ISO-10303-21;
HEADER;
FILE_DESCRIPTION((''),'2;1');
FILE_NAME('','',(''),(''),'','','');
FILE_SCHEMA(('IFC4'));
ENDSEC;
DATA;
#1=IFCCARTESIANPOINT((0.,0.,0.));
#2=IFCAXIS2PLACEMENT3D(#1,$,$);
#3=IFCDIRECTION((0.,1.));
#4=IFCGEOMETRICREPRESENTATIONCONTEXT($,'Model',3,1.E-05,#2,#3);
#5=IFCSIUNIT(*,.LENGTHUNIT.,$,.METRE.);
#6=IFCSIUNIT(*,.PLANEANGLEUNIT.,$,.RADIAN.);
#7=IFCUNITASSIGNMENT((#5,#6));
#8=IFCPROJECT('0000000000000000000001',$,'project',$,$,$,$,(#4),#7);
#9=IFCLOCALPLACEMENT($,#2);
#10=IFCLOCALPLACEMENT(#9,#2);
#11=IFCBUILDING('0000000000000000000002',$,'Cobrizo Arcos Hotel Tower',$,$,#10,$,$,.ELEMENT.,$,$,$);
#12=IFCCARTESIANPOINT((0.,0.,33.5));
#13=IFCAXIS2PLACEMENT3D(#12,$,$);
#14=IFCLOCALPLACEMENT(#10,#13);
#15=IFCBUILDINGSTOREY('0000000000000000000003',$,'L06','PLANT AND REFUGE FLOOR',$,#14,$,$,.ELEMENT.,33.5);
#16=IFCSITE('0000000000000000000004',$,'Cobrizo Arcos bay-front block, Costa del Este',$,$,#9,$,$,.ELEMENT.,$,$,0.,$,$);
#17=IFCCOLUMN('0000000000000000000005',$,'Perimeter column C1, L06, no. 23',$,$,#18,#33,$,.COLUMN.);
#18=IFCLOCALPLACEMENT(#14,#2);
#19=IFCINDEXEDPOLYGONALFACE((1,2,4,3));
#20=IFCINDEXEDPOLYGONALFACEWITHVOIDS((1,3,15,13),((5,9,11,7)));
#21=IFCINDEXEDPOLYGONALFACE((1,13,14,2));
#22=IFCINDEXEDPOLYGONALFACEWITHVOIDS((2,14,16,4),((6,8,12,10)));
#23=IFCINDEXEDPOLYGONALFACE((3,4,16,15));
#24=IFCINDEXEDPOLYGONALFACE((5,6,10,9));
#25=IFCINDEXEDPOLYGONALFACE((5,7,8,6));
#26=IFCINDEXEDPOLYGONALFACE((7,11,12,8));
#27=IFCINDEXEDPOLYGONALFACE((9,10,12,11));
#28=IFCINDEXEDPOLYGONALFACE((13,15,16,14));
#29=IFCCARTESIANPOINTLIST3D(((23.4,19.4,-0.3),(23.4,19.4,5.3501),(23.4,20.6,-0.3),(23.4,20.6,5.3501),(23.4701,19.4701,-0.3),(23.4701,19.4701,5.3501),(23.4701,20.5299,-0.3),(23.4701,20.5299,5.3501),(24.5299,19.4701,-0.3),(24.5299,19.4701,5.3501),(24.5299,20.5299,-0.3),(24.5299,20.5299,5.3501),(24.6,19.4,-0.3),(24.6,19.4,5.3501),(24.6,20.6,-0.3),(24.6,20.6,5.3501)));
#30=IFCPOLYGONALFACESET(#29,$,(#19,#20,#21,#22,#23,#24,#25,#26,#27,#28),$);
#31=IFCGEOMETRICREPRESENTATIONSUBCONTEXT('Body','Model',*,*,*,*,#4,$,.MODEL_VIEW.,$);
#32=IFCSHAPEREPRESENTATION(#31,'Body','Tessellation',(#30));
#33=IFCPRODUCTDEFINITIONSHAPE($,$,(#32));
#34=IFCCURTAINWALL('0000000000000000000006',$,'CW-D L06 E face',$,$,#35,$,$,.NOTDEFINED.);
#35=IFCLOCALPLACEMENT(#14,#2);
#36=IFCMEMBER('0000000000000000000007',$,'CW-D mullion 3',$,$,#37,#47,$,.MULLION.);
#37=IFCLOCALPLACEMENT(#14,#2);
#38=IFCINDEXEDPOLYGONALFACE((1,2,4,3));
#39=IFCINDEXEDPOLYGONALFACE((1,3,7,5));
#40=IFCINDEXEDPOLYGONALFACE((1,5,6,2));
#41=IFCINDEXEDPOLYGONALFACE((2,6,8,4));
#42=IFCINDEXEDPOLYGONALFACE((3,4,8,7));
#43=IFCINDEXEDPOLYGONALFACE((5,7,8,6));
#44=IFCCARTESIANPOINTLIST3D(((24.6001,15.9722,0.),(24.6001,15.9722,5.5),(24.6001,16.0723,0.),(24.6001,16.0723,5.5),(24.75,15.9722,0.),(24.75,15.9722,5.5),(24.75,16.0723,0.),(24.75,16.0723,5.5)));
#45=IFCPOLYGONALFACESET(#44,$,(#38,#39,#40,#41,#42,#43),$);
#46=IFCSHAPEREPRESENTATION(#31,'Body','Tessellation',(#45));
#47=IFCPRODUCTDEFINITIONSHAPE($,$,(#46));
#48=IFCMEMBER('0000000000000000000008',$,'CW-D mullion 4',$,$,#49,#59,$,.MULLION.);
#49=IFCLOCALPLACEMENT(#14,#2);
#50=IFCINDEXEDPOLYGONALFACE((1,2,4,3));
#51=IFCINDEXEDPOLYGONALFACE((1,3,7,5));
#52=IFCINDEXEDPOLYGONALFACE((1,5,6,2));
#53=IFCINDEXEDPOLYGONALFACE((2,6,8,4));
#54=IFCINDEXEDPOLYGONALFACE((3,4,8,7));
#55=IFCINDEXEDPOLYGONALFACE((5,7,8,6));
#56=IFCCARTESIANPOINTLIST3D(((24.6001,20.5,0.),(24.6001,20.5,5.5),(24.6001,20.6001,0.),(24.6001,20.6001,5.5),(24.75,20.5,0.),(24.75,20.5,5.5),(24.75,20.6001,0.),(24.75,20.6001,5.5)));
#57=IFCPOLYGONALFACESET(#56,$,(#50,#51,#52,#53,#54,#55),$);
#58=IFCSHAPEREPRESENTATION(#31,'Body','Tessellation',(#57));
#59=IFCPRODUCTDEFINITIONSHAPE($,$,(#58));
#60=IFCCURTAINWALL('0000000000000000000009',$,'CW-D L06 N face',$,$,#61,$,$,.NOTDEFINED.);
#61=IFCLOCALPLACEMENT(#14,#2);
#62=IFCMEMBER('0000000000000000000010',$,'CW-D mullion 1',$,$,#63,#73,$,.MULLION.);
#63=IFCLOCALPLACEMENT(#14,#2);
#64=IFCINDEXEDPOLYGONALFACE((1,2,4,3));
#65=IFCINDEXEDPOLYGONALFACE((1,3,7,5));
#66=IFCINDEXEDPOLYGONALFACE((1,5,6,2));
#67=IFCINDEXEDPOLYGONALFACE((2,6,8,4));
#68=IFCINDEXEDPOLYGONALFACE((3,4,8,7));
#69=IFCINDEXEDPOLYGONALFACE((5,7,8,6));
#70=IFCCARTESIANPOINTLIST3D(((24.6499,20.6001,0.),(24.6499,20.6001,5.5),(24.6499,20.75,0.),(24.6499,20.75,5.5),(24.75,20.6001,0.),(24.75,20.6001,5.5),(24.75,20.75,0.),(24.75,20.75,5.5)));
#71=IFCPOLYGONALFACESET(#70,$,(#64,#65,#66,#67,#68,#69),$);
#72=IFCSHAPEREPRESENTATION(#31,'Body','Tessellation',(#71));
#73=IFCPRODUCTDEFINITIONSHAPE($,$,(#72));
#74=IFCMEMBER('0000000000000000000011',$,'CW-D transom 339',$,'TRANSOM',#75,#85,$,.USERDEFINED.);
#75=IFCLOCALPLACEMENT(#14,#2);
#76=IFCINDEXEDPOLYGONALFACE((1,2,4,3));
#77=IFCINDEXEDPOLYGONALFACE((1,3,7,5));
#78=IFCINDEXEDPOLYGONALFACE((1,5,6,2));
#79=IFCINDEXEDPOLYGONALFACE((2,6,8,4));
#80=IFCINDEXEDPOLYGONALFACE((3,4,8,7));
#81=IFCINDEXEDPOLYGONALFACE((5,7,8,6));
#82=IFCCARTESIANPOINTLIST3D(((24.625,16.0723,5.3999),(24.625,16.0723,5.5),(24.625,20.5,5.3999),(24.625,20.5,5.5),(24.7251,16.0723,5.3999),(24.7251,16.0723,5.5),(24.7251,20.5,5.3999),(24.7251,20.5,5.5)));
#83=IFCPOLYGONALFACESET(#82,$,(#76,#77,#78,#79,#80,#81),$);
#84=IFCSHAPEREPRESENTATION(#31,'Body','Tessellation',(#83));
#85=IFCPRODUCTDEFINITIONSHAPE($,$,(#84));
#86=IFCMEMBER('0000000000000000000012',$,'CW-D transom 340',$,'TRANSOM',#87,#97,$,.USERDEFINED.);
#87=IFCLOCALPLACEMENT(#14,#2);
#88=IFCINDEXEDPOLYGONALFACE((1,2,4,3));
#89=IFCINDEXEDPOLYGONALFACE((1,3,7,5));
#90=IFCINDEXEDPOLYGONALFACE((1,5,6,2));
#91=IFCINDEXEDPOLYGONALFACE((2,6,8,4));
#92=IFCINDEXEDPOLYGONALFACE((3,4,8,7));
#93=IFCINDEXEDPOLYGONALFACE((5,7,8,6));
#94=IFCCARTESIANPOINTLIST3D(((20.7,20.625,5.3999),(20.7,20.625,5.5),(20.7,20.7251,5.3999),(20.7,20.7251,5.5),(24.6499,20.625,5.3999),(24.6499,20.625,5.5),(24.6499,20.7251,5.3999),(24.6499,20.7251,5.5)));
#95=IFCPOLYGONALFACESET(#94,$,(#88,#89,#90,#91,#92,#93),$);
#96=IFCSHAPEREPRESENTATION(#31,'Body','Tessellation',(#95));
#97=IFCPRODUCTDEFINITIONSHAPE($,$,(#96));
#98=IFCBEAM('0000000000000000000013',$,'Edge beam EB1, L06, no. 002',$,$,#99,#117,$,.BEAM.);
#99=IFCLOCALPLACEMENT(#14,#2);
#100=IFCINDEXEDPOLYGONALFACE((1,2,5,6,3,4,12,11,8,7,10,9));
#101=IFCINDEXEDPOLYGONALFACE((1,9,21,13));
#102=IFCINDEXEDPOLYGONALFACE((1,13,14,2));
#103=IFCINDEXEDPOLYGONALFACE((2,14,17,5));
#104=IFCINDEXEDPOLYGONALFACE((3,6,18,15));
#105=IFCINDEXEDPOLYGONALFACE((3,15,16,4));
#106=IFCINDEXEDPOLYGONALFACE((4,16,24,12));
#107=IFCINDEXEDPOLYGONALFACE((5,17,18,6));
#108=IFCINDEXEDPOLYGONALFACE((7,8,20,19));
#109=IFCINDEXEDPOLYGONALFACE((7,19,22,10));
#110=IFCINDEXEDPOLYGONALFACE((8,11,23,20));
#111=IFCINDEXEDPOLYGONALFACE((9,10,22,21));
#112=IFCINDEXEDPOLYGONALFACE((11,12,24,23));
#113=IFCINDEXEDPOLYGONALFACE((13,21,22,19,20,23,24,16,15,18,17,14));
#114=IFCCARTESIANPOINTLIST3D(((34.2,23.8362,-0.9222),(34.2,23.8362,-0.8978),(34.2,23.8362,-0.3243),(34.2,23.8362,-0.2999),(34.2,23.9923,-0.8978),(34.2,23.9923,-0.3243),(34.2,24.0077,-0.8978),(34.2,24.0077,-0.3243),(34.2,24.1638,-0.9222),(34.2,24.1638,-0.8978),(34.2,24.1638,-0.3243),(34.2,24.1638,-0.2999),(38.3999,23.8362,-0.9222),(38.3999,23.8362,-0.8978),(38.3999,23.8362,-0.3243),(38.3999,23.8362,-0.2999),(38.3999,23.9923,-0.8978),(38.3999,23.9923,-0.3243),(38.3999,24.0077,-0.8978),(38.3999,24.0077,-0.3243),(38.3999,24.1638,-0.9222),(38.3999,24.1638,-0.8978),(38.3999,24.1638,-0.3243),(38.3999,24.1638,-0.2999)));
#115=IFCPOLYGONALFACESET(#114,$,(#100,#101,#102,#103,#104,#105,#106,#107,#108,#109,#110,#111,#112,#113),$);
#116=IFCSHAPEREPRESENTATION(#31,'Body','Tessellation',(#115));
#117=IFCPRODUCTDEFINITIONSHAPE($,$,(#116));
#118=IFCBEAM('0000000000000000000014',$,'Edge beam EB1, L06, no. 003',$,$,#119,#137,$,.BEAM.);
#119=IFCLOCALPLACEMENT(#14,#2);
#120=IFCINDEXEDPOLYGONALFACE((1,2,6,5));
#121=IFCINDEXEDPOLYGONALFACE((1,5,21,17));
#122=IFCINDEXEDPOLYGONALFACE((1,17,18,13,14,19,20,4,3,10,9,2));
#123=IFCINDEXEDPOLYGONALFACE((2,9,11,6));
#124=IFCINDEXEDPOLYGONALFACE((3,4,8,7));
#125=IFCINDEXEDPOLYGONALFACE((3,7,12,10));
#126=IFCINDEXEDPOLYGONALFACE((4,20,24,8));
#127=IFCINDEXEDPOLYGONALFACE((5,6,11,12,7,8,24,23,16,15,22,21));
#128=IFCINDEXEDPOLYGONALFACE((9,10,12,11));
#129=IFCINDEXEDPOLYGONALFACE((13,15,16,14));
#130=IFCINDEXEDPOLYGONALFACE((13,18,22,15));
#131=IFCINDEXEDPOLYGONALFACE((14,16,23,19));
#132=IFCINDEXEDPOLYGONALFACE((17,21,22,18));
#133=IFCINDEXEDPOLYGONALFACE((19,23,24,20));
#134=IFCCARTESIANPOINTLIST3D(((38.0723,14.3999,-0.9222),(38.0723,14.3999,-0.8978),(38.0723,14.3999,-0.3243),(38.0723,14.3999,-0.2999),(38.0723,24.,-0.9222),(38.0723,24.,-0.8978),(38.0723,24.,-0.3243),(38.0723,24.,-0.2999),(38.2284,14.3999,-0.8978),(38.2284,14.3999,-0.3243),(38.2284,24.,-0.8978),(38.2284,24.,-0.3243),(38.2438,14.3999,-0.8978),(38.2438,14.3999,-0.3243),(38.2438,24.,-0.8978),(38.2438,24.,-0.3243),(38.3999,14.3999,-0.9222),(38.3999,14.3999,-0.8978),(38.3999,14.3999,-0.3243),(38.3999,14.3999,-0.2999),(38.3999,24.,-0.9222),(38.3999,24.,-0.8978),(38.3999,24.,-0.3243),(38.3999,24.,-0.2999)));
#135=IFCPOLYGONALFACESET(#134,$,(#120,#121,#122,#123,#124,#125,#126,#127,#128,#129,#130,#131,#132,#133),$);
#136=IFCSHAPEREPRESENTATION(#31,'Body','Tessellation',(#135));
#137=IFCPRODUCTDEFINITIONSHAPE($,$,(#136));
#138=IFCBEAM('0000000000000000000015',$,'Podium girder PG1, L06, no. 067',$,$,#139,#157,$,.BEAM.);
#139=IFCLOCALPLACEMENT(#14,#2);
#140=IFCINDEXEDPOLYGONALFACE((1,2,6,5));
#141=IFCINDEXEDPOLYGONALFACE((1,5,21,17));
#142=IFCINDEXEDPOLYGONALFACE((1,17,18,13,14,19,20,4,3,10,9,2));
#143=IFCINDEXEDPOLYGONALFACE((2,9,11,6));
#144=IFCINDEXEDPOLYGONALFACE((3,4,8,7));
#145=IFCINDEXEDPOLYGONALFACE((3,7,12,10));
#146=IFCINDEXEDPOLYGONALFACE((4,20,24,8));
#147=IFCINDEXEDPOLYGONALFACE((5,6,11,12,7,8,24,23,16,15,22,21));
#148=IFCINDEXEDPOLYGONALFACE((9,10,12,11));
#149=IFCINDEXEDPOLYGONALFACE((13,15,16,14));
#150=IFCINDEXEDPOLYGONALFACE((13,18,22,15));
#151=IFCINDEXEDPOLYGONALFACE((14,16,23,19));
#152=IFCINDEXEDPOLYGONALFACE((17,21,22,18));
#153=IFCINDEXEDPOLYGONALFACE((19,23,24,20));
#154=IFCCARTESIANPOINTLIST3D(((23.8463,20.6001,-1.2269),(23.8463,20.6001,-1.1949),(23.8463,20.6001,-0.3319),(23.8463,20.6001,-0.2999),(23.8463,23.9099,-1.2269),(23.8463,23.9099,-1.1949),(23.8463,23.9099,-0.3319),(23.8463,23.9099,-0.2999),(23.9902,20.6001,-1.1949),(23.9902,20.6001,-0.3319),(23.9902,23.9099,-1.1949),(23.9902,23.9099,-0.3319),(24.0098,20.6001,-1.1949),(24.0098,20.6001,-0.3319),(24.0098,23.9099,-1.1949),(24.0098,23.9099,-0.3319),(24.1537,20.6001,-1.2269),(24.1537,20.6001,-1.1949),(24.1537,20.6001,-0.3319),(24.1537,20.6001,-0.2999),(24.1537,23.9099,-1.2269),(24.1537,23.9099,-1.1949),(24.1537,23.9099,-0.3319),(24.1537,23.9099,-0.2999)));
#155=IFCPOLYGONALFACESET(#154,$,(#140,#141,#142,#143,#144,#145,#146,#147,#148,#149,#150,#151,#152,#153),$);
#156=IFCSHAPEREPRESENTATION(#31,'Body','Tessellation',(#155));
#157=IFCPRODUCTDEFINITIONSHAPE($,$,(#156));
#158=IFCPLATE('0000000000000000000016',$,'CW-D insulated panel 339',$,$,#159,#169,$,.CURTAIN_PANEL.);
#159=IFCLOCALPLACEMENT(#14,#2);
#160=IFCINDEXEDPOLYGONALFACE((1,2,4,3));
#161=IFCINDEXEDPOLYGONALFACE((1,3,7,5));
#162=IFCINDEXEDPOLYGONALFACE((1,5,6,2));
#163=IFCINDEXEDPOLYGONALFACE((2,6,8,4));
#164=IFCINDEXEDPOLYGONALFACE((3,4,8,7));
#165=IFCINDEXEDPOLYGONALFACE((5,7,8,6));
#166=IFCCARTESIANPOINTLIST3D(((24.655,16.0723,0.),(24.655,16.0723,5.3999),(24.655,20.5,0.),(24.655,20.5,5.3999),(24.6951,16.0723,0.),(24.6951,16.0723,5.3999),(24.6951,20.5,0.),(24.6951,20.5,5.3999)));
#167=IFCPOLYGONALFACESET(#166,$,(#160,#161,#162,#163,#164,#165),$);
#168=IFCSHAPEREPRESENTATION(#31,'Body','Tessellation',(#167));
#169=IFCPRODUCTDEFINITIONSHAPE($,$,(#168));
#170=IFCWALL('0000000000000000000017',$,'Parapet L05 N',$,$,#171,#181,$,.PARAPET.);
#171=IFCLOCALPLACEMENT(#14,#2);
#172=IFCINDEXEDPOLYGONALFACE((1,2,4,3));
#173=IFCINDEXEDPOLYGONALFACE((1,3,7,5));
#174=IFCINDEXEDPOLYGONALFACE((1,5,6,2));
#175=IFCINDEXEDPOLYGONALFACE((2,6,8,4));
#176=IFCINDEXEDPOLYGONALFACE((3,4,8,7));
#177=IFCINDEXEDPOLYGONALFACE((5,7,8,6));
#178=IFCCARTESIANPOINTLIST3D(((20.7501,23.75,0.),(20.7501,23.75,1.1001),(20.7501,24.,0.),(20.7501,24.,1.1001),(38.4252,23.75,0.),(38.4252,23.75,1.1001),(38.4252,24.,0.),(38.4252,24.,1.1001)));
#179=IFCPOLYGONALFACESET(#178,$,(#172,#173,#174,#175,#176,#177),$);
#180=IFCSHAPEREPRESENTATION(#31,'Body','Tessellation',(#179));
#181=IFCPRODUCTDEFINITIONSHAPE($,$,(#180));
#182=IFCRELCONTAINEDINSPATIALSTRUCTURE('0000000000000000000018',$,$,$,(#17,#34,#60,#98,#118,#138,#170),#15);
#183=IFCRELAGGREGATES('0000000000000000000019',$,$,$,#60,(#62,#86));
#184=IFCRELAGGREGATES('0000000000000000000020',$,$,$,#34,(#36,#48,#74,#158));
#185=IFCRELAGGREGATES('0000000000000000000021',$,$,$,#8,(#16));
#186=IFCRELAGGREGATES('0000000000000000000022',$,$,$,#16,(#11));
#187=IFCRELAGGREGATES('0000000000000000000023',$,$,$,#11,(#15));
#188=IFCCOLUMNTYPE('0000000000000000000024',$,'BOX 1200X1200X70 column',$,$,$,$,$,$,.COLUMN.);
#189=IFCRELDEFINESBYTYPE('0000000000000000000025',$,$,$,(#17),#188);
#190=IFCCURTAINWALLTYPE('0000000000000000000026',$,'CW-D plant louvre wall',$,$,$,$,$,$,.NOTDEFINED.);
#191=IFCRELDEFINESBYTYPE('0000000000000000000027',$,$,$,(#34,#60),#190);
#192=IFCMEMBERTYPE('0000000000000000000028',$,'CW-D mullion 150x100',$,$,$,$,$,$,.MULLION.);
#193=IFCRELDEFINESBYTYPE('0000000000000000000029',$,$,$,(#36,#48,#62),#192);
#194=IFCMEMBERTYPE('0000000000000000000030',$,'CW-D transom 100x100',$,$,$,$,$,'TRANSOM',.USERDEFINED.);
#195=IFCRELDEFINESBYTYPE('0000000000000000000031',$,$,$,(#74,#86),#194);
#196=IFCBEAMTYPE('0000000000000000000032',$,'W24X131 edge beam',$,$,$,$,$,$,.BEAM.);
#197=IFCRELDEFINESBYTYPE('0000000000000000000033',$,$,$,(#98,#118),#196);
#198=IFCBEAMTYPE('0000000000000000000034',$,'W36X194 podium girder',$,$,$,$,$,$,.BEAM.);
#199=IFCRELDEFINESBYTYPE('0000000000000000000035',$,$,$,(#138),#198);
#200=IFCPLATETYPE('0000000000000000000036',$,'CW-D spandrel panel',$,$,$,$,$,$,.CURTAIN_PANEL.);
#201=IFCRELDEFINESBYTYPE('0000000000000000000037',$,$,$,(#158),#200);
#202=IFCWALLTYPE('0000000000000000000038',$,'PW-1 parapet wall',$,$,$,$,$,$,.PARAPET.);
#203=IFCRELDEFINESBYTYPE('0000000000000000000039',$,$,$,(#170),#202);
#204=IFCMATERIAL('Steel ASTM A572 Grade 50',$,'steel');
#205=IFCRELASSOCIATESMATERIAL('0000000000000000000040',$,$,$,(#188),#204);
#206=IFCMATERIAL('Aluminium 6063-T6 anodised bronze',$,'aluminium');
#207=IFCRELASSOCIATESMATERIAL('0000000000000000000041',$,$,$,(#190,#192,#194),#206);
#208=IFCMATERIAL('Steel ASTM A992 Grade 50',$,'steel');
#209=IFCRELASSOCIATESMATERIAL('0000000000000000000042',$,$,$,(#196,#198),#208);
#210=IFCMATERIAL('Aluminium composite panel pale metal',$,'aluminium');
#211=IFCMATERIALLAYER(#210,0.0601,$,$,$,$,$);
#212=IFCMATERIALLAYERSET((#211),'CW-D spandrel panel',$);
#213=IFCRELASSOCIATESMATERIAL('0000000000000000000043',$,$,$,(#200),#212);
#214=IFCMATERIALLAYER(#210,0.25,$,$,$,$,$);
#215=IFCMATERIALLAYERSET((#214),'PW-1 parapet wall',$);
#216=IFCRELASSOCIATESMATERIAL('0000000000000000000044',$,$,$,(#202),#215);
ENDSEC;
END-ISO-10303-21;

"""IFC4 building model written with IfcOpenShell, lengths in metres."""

from ifc_helpers import new_model, si_unit, direction, frame, frame_2d, origin, origin_2d, place, context, subcontext, project, spatial, rectangle, hollow_rectangle, i_section, extrude, material, layer, layer_set, material_profile, profile_set, type_object, element, aggregate, save


model = new_model("IFC4")

# Units and contexts
model_context = context("Model", 3, precision=1e-05, world=origin(), true_north=direction((0.0, 1.0)))
body_context = subcontext(model_context, "Body", "Model", "MODEL_VIEW")
ifc_project = project(units=[si_unit("LENGTHUNIT", "METRE"), si_unit("PLANEANGLEUNIT", "RADIAN")], contexts=[model_context])

# Site, building, storey
site_placement = place(None, origin())
site = spatial("IfcSite", under=ifc_project, at=site_placement, Name="Cobrizo Arcos bay-front block, Costa del Este", CompositionType="ELEMENT", RefElevation=0.0)
building_placement = place(site_placement, origin())
building = spatial("IfcBuilding", under=site, at=building_placement, Name="Cobrizo Arcos Hotel Tower", CompositionType="ELEMENT")
storey_placement = place(building_placement, frame((0.0, 0.0, 33.5)))
storey = spatial("IfcBuildingStorey", under=building, at=storey_placement, Name="L06", Description="PLANT AND REFUGE FLOOR", CompositionType="ELEMENT", Elevation=33.5)

# Column
ifc_material_1 = material(Name="Steel ASTM A572 Grade 50", Category="steel")
ifc_material_profile_1 = material_profile(ifc_material_1, hollow_rectangle(XDim=1.2, YDim=1.2, WallThickness=0.0701, at=origin_2d()), Name="BOX 1200X1200X70")
ifc_profile_set_1 = profile_set([ifc_material_profile_1], Name="Steel ASTM A572 Grade 50")
column_type = type_object("IfcColumnType", Name="BOX 1200X1200X70 column", PredefinedType="COLUMN", material=ifc_profile_set_1)
column_placement = place(storey_placement, frame((24.0, 20.0, -0.3), z_axis=(0.0, 0.0, 1.0), x_axis=(1.0, 0.0, 0.0)))
element("IfcColumn", 1, at=column_placement, inside=storey, type_object=column_type, Name="Perimeter column C1, L06, no. 23", PredefinedType="COLUMN", context=body_context, shape_type="SweptSolid", body=[
    extrude(hollow_rectangle(XDim=1.2, YDim=1.2, WallThickness=0.0701, at=origin_2d()), origin(), (0.0, 0.0, 1.0), 5.6501),
])

# Curtain wall, members
ifc_material_2 = material(Name="Aluminium 6063-T6 anodised bronze", Category="aluminium")
curtain_wall_type = type_object("IfcCurtainWallType", Name="CW-D plant louvre wall", PredefinedType="NOTDEFINED", material=ifc_material_2)
curtain_wall_1_placement = place(storey_placement, origin())
curtain_wall_1 = element("IfcCurtainWall", 2, at=curtain_wall_1_placement, inside=storey, type_object=curtain_wall_type, Name="CW-D L06 E face", PredefinedType="NOTDEFINED")
ifc_material_profile_2 = material_profile(ifc_material_2, rectangle(XDim=0.1499, YDim=0.1001, at=origin_2d()), Name="CW-D mullion 150x100")
ifc_profile_set_2 = profile_set([ifc_material_profile_2], Name="Aluminium 6063-T6 anodised bronze")
member_type_1 = type_object("IfcMemberType", Name="CW-D mullion 150x100", PredefinedType="MULLION", material=ifc_profile_set_2)
member_1_placement = place(storey_placement, frame((24.675, 16.0222, 0.0), z_axis=(0.0, 0.0, 1.0), x_axis=(1.0, 0.0, 0.0)))
member_1 = element("IfcMember", 3, at=member_1_placement, type_object=member_type_1, Name="CW-D mullion 3", PredefinedType="MULLION", context=body_context, shape_type="SweptSolid", body=[
    extrude(rectangle(XDim=0.1499, YDim=0.1001, at=origin_2d()), origin(), (0.0, 0.0, 1.0), 5.5),
])
member_2_placement = place(storey_placement, frame((24.675, 20.55, 0.0), z_axis=(0.0, 0.0, 1.0), x_axis=(1.0, 0.0, 0.0)))
member_2 = element("IfcMember", 4, at=member_2_placement, type_object=member_type_1, Name="CW-D mullion 4", PredefinedType="MULLION", context=body_context, shape_type="SweptSolid", body=[
    extrude(rectangle(XDim=0.1499, YDim=0.1001, at=origin_2d()), origin(), (0.0, 0.0, 1.0), 5.5),
])

# Curtain wall, member
curtain_wall_2_placement = place(storey_placement, origin())
curtain_wall_2 = element("IfcCurtainWall", 5, at=curtain_wall_2_placement, inside=storey, type_object=curtain_wall_type, Name="CW-D L06 N face", PredefinedType="NOTDEFINED")
member_3_placement = place(storey_placement, frame((24.7, 20.675, 0.0), z_axis=(0.0, 0.0, 1.0), x_axis=(0.0, 1.0, 0.0)))
member_3 = element("IfcMember", 6, at=member_3_placement, type_object=member_type_1, Name="CW-D mullion 1", PredefinedType="MULLION", context=body_context, shape_type="SweptSolid", body=[
    extrude(rectangle(XDim=0.1499, YDim=0.1001, at=origin_2d()), origin(), (0.0, 0.0, 1.0), 5.5),
])

# Members
ifc_material_profile_3 = material_profile(ifc_material_2, rectangle(XDim=0.1001, YDim=0.1001, at=origin_2d()), Name="CW-D transom 100x100")
ifc_profile_set_3 = profile_set([ifc_material_profile_3], Name="Aluminium 6063-T6 anodised bronze")
member_type_2 = type_object("IfcMemberType", Name="CW-D transom 100x100", ElementType="TRANSOM", PredefinedType="USERDEFINED", material=ifc_profile_set_3)
member_4_placement = place(storey_placement, frame((24.675, 16.0723, 5.45), z_axis=(0.0, 1.0, 0.0), x_axis=(-1.0, 0.0, 0.0)))
member_4 = element("IfcMember", 7, at=member_4_placement, type_object=member_type_2, Name="CW-D transom 339", ObjectType="TRANSOM", PredefinedType="USERDEFINED", context=body_context, shape_type="SweptSolid", body=[
    extrude(rectangle(XDim=0.1001, YDim=0.1001, at=origin_2d()), origin(), (0.0, 0.0, 1.0), 4.4277),
])
member_5_placement = place(storey_placement, frame((24.6499, 20.675, 5.45), z_axis=(-1.0, 0.0, 0.0), x_axis=(0.0, -1.0, 0.0)))
member_5 = element("IfcMember", 8, at=member_5_placement, type_object=member_type_2, Name="CW-D transom 340", ObjectType="TRANSOM", PredefinedType="USERDEFINED", context=body_context, shape_type="SweptSolid", body=[
    extrude(rectangle(XDim=0.1001, YDim=0.1001, at=origin_2d()), origin(), (0.0, 0.0, 1.0), 3.95),
])
aggregate(curtain_wall_2, [member_3, member_5])

# Beams
ifc_material_3 = material(Name="Steel ASTM A992 Grade 50", Category="steel")
ifc_material_profile_4 = material_profile(ifc_material_3, i_section(OverallWidth=0.3276, OverallDepth=0.6223, WebThickness=0.0154, FlangeThickness=0.0244, at=origin_2d()), Name="W24X131")
ifc_profile_set_4 = profile_set([ifc_material_profile_4], Name="Steel ASTM A992 Grade 50")
beam_type_1 = type_object("IfcBeamType", Name="W24X131 edge beam", PredefinedType="BEAM", material=ifc_profile_set_4)
beam_1_placement = place(storey_placement, frame((34.2, 24.0, -0.6111), z_axis=(1.0, 0.0, 0.0), x_axis=(0.0, 1.0, 0.0)))
element("IfcBeam", 9, at=beam_1_placement, inside=storey, type_object=beam_type_1, Name="Edge beam EB1, L06, no. 002", PredefinedType="BEAM", context=body_context, shape_type="SweptSolid", body=[
    extrude(i_section(OverallWidth=0.3276, OverallDepth=0.6223, WebThickness=0.0154, FlangeThickness=0.0244, at=origin_2d()), origin(), (0.0, 0.0, 1.0), 4.2),
])
beam_2_placement = place(storey_placement, frame((38.2361, 24.0, -0.6111), z_axis=(0.0, -1.0, 0.0), x_axis=(1.0, 0.0, 0.0)))
element("IfcBeam", 10, at=beam_2_placement, inside=storey, type_object=beam_type_1, Name="Edge beam EB1, L06, no. 003", PredefinedType="BEAM", context=body_context, shape_type="SweptSolid", body=[
    extrude(i_section(OverallWidth=0.3276, OverallDepth=0.6223, WebThickness=0.0154, FlangeThickness=0.0244, at=origin_2d()), origin(), (0.0, 0.0, 1.0), 9.6001),
])
ifc_material_profile_5 = material_profile(ifc_material_3, i_section(OverallWidth=0.3074, OverallDepth=0.927, WebThickness=0.0195, FlangeThickness=0.032, at=origin_2d()), Name="W36X194")
ifc_profile_set_5 = profile_set([ifc_material_profile_5], Name="Steel ASTM A992 Grade 50")
beam_type_2 = type_object("IfcBeamType", Name="W36X194 podium girder", PredefinedType="BEAM", material=ifc_profile_set_5)
beam_3_placement = place(storey_placement, frame((24.0, 20.6001, -0.7634), z_axis=(0.0, 1.0, 0.0), x_axis=(-1.0, 0.0, 0.0)))
element("IfcBeam", 11, at=beam_3_placement, inside=storey, type_object=beam_type_2, Name="Podium girder PG1, L06, no. 067", PredefinedType="BEAM", context=body_context, shape_type="SweptSolid", body=[
    extrude(i_section(OverallWidth=0.3074, OverallDepth=0.927, WebThickness=0.0195, FlangeThickness=0.032, at=origin_2d()), origin(), (0.0, 0.0, 1.0), 3.3098),
])

# Plate
ifc_material_4 = material(Name="Aluminium composite panel pale metal", Category="aluminium")
ifc_layer_1 = layer(ifc_material_4, 0.0601)
ifc_layer_set_1 = layer_set([ifc_layer_1], Name="CW-D spandrel panel")
plate_type = type_object("IfcPlateType", Name="CW-D spandrel panel", PredefinedType="CURTAIN_PANEL", material=ifc_layer_set_1)
plate_placement = place(storey_placement, frame((24.675, 18.2861, 0.0), z_axis=(0.0, 0.0, 1.0), x_axis=(0.0, 1.0, 0.0)))
plate = element("IfcPlate", 12, at=plate_placement, type_object=plate_type, Name="CW-D insulated panel 339", PredefinedType="CURTAIN_PANEL", context=body_context, shape_type="SweptSolid", body=[
    extrude(rectangle(XDim=4.4277, YDim=0.04, at=origin_2d()), origin(), (0.0, 0.0, 1.0), 5.3999),
])
aggregate(curtain_wall_1, [member_1, member_2, member_4, plate])

# Wall
ifc_layer_2 = layer(ifc_material_4, 0.25)
ifc_layer_set_2 = layer_set([ifc_layer_2], Name="PW-1 parapet wall")
wall_type_1 = type_object("IfcWallType", Name="PW-1 parapet wall", PredefinedType="PARAPET", material=ifc_layer_set_2)
wall_placement = place(storey_placement, frame((38.425, 23.875, 0.0), z_axis=(0.0, 0.0, 1.0), x_axis=(-1.0, 0.0, 0.0)))
element("IfcWall", 13, at=wall_placement, inside=storey, type_object=wall_type_1, Name="Parapet L05 N", PredefinedType="PARAPET", context=body_context, shape_type="SweptSolid", body=[
    extrude(rectangle(XDim=17.675, YDim=0.25, at=frame_2d((8.8374, 0.0))), origin(), (0.0, 0.0, 1.0), 1.1001),
])

save(model, "model.ifc")
